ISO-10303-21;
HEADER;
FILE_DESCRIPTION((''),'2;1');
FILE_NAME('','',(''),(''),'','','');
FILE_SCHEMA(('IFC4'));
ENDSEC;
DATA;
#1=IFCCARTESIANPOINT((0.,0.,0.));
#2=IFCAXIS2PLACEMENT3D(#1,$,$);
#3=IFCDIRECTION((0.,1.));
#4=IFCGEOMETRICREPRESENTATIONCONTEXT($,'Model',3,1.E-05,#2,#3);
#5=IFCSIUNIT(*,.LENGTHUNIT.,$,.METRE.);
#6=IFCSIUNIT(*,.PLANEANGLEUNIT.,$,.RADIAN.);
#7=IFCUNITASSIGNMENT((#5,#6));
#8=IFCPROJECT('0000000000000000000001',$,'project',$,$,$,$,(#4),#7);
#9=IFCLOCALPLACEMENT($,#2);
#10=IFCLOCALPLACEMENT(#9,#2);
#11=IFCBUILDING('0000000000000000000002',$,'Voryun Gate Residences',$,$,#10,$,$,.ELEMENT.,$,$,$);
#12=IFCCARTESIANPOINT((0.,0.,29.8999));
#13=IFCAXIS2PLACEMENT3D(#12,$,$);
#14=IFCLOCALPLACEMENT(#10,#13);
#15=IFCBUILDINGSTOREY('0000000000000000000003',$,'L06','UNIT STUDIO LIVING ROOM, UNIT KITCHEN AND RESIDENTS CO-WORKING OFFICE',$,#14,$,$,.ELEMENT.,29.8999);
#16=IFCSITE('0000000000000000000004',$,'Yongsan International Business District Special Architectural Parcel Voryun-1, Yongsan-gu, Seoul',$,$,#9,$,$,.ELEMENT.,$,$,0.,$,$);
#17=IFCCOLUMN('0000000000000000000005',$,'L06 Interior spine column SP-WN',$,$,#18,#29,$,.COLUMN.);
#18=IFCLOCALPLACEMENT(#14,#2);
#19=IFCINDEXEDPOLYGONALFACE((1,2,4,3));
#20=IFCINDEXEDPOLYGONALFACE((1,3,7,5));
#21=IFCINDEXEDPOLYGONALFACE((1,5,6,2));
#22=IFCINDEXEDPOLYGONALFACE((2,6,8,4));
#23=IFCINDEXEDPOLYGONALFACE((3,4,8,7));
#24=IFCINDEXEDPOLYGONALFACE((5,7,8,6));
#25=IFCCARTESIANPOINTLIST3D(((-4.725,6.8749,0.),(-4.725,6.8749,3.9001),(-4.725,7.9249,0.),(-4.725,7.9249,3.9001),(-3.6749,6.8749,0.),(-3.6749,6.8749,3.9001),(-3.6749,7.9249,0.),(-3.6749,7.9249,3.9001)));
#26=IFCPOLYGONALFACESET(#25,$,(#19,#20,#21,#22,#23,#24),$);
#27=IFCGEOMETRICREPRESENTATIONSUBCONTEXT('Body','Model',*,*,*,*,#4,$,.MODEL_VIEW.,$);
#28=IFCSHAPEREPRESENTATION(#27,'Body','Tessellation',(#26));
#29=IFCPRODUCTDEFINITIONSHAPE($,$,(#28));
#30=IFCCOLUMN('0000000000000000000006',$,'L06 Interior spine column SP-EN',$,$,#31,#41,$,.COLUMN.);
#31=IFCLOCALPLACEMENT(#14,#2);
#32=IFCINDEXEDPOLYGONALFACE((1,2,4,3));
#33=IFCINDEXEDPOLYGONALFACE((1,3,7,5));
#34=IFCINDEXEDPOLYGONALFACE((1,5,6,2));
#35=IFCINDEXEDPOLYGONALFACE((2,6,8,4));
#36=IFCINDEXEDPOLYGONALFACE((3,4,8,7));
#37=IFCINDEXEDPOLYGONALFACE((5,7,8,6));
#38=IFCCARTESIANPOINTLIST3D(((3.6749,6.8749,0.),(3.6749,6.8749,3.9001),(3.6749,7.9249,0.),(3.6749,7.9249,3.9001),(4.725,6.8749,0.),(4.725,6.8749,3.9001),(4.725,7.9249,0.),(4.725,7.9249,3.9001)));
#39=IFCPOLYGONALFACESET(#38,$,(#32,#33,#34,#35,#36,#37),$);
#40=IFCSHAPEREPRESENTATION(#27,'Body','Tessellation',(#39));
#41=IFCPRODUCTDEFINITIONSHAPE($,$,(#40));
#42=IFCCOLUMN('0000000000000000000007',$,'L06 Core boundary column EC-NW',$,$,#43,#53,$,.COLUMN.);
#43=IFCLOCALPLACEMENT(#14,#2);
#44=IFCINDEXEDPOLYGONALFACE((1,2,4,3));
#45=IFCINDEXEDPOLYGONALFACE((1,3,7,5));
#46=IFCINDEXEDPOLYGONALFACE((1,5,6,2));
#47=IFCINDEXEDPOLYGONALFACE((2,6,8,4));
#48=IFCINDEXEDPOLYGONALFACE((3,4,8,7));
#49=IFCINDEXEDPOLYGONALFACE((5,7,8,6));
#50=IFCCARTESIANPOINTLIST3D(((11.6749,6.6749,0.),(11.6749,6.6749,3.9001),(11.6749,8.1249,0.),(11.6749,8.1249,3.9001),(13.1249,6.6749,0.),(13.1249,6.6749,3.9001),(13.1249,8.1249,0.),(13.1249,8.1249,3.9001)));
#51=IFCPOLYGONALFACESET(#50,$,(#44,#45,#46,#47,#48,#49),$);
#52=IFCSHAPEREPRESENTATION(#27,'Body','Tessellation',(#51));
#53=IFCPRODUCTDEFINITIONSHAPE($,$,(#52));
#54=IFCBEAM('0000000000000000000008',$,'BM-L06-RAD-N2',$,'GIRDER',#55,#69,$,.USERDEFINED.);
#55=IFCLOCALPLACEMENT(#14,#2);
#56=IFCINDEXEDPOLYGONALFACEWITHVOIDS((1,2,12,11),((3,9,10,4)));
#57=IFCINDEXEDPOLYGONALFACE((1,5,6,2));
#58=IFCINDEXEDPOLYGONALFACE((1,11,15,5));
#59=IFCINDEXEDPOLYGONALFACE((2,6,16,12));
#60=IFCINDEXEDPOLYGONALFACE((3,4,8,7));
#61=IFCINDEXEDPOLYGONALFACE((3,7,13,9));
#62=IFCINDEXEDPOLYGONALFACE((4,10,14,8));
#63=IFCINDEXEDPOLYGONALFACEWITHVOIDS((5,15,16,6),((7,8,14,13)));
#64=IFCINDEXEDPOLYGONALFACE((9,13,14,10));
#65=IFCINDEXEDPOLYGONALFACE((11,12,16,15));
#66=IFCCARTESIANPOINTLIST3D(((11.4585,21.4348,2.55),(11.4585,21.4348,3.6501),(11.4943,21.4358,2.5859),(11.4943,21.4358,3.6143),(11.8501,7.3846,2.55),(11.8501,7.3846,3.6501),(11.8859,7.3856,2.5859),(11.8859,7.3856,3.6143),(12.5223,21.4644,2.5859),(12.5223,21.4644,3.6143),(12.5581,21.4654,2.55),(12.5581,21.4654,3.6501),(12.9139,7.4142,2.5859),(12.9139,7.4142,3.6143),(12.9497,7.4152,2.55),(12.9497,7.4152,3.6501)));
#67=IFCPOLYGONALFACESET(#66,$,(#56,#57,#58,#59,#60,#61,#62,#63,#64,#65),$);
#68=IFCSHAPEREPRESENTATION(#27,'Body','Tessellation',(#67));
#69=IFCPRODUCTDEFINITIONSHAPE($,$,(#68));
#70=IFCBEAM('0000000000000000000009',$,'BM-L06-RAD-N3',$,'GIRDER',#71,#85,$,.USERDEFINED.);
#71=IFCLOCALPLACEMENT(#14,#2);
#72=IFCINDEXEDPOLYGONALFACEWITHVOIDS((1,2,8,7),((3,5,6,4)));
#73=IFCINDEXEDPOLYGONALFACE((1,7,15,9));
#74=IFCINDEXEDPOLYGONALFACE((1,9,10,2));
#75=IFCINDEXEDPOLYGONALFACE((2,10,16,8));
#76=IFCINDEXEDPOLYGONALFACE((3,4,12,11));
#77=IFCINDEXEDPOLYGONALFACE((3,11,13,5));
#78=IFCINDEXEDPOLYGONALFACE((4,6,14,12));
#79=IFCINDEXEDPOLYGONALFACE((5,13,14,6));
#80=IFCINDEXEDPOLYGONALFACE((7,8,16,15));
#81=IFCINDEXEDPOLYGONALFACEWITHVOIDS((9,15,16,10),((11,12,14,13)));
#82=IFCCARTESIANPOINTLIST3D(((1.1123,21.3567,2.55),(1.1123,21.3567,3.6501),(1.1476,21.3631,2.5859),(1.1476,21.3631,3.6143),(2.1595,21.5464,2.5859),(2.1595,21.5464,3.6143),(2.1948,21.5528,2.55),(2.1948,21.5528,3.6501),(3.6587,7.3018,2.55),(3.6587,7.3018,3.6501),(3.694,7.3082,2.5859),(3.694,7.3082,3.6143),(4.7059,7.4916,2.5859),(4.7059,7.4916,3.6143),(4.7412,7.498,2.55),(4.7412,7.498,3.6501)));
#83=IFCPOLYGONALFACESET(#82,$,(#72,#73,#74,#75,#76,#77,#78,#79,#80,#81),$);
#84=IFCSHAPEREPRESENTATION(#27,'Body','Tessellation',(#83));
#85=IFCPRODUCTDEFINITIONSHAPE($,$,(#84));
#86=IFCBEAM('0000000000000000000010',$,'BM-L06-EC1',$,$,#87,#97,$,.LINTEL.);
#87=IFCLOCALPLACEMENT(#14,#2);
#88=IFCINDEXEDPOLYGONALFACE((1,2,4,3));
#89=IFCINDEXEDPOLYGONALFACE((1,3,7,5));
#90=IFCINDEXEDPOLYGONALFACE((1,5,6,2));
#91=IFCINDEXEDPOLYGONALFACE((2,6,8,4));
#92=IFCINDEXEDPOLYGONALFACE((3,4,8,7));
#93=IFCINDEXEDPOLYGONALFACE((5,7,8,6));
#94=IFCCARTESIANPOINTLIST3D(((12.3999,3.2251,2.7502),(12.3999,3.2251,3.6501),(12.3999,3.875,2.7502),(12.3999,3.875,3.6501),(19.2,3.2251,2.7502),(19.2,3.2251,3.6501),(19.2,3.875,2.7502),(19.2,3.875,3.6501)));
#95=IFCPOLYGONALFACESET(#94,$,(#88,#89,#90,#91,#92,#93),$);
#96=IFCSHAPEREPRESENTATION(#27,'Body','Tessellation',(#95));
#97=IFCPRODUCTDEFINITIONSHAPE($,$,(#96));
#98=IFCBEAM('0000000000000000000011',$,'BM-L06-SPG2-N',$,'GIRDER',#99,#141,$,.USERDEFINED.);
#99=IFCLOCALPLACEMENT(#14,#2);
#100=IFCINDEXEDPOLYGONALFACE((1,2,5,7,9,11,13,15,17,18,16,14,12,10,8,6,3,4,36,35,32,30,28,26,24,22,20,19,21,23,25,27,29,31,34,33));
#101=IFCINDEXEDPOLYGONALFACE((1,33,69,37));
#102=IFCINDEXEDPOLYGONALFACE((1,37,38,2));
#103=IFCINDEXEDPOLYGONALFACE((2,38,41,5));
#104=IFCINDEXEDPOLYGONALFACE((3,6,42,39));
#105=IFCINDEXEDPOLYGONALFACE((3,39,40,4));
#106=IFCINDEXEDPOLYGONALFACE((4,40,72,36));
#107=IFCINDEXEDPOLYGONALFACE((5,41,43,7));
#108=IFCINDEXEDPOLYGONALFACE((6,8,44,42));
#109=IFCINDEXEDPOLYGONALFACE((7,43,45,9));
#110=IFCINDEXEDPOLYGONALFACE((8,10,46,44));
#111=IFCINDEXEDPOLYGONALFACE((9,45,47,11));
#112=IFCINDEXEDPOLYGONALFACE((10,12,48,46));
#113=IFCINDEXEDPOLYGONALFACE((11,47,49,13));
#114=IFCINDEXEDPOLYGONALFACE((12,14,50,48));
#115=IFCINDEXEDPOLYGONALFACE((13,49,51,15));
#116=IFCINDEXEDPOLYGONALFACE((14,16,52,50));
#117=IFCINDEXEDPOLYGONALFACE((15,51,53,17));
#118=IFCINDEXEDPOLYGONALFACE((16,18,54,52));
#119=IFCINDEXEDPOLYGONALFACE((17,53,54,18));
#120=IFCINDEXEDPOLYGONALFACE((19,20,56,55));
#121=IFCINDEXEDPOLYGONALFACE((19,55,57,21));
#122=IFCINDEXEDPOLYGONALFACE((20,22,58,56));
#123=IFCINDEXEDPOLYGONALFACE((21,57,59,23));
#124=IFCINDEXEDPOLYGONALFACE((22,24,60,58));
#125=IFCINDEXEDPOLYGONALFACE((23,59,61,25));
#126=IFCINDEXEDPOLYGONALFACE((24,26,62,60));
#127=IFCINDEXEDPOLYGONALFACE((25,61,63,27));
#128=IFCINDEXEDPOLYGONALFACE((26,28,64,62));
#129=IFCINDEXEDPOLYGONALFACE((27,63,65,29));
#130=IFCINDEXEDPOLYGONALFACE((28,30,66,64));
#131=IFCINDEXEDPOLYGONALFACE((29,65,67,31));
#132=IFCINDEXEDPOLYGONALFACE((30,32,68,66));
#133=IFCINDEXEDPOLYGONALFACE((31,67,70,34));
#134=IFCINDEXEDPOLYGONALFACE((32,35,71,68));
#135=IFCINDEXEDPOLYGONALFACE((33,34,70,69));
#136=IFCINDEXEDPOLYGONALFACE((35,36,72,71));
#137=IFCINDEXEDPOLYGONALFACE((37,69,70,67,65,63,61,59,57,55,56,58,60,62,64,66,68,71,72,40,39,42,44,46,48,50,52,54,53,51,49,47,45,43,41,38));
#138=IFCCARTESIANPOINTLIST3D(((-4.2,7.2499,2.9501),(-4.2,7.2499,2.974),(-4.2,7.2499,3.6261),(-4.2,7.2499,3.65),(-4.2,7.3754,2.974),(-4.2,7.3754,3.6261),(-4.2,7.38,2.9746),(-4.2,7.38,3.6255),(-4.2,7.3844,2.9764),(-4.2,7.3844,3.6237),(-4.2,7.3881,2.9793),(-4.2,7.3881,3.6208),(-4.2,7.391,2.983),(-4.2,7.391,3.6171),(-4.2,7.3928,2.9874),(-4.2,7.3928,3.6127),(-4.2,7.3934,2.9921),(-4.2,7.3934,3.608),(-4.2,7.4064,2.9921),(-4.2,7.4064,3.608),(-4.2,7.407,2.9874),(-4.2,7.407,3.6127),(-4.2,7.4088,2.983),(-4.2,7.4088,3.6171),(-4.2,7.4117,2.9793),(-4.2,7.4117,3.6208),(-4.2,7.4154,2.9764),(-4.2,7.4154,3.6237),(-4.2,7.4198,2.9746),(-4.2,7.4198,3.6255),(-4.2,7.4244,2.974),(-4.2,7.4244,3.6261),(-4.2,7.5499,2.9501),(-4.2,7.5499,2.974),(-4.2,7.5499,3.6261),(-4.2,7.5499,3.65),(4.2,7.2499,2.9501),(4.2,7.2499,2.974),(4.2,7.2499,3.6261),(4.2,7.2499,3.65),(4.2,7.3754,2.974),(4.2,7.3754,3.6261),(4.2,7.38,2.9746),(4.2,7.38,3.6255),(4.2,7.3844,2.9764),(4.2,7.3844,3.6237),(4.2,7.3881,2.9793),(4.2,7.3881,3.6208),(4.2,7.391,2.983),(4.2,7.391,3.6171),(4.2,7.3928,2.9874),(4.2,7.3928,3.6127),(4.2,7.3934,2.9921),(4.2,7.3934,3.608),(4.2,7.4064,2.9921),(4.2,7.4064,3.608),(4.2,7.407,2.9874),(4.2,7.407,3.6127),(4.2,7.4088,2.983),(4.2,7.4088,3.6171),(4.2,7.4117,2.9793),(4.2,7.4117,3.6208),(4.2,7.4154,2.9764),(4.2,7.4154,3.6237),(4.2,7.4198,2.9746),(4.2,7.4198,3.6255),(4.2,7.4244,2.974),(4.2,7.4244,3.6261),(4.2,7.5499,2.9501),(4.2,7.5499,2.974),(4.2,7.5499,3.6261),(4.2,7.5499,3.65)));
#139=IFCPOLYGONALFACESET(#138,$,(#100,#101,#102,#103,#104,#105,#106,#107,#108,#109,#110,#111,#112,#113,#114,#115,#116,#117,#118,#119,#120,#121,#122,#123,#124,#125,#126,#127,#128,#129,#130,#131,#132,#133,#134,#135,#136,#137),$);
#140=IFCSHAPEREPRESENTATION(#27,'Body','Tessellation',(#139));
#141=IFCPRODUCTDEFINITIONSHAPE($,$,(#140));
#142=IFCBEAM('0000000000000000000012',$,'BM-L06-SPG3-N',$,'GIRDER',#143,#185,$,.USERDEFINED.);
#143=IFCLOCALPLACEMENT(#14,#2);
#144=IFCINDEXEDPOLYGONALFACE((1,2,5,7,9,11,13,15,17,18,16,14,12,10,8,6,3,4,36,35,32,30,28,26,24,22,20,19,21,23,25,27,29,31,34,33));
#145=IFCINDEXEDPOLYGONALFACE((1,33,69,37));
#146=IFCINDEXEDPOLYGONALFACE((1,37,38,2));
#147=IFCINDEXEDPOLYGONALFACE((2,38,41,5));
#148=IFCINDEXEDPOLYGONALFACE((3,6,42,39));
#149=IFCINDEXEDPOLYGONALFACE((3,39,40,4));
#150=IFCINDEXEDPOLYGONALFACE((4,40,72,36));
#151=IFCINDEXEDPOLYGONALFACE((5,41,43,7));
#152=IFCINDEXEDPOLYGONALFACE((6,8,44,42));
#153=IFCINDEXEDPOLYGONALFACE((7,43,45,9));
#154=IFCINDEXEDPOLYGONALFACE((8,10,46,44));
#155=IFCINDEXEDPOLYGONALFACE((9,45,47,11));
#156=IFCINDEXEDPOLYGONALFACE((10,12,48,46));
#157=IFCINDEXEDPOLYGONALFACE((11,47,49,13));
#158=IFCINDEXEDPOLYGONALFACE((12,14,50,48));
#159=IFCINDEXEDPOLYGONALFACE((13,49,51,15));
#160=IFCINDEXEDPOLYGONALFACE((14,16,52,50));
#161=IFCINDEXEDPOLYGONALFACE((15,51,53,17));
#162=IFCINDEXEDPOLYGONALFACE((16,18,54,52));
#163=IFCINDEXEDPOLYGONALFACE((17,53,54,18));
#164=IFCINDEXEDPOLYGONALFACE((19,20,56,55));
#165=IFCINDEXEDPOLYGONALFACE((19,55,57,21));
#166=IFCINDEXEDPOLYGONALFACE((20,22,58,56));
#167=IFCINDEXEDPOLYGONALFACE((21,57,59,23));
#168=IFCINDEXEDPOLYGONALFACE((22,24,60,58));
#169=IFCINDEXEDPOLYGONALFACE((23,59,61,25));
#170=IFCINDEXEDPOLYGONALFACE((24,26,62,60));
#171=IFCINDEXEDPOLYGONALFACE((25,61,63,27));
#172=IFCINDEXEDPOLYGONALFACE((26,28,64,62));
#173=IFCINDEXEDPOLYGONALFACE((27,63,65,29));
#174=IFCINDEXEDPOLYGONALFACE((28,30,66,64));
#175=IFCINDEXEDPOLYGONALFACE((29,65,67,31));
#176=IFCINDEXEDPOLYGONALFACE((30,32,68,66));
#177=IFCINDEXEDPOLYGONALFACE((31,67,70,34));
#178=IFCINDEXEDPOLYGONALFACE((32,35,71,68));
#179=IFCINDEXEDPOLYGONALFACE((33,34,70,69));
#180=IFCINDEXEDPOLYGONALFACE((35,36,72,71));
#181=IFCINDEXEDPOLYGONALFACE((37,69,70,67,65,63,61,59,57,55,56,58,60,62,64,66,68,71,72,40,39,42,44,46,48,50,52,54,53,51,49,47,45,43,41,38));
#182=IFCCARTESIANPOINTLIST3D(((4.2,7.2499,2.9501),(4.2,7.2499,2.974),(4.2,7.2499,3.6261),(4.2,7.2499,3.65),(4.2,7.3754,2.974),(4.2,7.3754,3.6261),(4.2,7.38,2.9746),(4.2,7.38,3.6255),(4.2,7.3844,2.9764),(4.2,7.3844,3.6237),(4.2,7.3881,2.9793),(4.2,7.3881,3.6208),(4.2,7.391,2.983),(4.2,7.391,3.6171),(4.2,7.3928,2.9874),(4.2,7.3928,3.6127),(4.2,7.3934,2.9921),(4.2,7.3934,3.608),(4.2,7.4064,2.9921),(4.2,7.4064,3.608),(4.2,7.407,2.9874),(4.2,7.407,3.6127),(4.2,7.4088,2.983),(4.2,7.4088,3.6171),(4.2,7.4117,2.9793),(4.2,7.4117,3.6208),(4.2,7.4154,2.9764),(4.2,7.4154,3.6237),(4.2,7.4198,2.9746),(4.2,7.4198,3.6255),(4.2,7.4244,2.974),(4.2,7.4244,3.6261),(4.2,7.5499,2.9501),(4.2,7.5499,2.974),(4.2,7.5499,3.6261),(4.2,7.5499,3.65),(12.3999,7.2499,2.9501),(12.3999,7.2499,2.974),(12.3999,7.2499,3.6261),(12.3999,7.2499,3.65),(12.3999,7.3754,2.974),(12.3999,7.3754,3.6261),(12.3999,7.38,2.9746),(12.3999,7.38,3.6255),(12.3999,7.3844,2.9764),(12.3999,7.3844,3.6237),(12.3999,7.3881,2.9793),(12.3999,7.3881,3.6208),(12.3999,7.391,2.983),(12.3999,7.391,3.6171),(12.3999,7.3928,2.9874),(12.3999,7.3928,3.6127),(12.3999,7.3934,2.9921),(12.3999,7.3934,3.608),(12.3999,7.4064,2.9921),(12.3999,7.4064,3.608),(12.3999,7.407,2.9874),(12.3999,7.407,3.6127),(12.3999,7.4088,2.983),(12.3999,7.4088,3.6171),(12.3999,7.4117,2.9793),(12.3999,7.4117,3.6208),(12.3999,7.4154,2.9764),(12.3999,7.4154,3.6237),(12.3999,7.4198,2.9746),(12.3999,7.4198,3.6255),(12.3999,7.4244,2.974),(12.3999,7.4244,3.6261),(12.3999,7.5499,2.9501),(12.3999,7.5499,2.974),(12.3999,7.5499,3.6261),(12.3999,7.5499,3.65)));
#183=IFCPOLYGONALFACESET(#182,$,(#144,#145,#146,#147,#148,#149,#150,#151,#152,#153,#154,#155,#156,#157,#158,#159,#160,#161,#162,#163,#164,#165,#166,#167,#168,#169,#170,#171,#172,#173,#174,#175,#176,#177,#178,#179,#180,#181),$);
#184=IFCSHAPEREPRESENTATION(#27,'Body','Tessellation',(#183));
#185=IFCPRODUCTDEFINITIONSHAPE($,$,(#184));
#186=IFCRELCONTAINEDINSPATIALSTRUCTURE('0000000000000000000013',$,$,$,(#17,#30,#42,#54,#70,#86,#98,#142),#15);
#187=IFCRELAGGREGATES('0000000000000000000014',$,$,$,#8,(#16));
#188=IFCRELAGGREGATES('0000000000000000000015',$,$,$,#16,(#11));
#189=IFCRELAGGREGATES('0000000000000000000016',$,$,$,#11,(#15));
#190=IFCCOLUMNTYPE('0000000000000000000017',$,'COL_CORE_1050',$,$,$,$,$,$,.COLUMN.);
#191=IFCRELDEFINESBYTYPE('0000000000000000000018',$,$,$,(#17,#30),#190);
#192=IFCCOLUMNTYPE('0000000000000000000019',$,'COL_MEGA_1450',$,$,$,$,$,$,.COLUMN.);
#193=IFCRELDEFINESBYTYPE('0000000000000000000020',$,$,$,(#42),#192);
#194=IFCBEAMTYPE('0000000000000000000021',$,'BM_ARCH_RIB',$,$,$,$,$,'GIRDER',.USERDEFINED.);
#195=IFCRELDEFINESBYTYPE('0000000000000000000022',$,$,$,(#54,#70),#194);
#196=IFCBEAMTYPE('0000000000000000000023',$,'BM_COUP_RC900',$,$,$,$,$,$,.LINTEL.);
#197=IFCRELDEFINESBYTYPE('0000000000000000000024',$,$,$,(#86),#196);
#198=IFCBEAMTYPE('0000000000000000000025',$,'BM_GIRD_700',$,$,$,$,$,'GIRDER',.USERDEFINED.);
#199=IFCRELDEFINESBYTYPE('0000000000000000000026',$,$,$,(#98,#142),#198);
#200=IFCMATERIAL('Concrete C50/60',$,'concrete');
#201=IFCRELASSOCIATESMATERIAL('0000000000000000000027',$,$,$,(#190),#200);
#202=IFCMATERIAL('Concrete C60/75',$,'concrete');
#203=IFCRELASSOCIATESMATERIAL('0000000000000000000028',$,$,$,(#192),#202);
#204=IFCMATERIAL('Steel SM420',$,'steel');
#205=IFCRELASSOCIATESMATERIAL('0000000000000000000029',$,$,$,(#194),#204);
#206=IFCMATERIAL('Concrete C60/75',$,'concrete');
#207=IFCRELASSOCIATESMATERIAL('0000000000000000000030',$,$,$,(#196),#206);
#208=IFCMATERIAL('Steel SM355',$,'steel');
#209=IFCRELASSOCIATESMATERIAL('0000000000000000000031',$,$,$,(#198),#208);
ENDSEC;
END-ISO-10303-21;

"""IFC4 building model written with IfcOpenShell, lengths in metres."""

from ifc_helpers import new_model, si_unit, direction, frame, origin, origin_2d, place, context, subcontext, project, spatial, rectangle, hollow_rectangle, i_section, extrude, material, material_profile, profile_set, type_object, element, save


model = new_model("IFC4")

# Units and contexts
model_context = context("Model", 3, precision=1e-05, world=origin(), true_north=direction((0.0, 1.0)))
body_context = subcontext(model_context, "Body", "Model", "MODEL_VIEW")
ifc_project = project(units=[si_unit("LENGTHUNIT", "METRE"), si_unit("PLANEANGLEUNIT", "RADIAN")], contexts=[model_context])

# Site, building, storey
site_placement = place(None, origin())
site = spatial("IfcSite", under=ifc_project, at=site_placement, Name="Yongsan International Business District Special Architectural Parcel Voryun-1, Yongsan-gu, Seoul", CompositionType="ELEMENT", RefElevation=0.0)
building_placement = place(site_placement, origin())
building = spatial("IfcBuilding", under=site, at=building_placement, Name="Voryun Gate Residences", CompositionType="ELEMENT")
storey_placement = place(building_placement, frame((0.0, 0.0, 29.8999)))
storey = spatial("IfcBuildingStorey", under=building, at=storey_placement, Name="L06", Description="UNIT STUDIO LIVING ROOM, UNIT KITCHEN AND RESIDENTS CO-WORKING OFFICE", CompositionType="ELEMENT", Elevation=29.8999)

# Columns
ifc_material_1 = material(Name="Concrete C50/60", Category="concrete")
ifc_material_profile_1 = material_profile(ifc_material_1, rectangle(XDim=1.05, YDim=1.05, at=origin_2d()), Name="RC-1050x1050")
ifc_profile_set_1 = profile_set([ifc_material_profile_1], Name="Concrete C50/60")
column_type_1 = type_object("IfcColumnType", Name="COL_CORE_1050", PredefinedType="COLUMN", material=ifc_profile_set_1)
for number, where, z_axis, x_axis, name in (
    (1, (-4.2, 7.3999, 0.0), (0.0, 0.0, 1.0), (1.0, 0.0, 0.0), "L06 Interior spine column SP-WN"),
    (2, (4.2, 7.3999, 0.0), (0.0, 0.0, 1.0), (1.0, 0.0, 0.0), "L06 Interior spine column SP-EN"),
):
    element("IfcColumn", number, at=place(storey_placement, frame(where, z_axis=z_axis, x_axis=x_axis)), inside=storey, type_object=column_type_1, Name=name, PredefinedType="COLUMN", context=body_context, shape_type="SweptSolid", body=[
        extrude(rectangle(XDim=1.05, YDim=1.05, at=origin_2d()), origin(), (0.0, 0.0, 1.0), 3.9001),
    ])
ifc_material_2 = material(Name="Concrete C60/75", Category="concrete")
ifc_material_profile_2 = material_profile(ifc_material_2, rectangle(XDim=1.45, YDim=1.45, at=origin_2d()), Name="RC-1450x1450")
ifc_profile_set_2 = profile_set([ifc_material_profile_2], Name="Concrete C60/75")
column_type_2 = type_object("IfcColumnType", Name="COL_MEGA_1450", PredefinedType="COLUMN", material=ifc_profile_set_2)
column_placement = place(storey_placement, frame((12.3999, 7.3999, 0.0), z_axis=(0.0, 0.0, 1.0), x_axis=(1.0, 0.0, 0.0)))
element("IfcColumn", 3, at=column_placement, inside=storey, type_object=column_type_2, Name="L06 Core boundary column EC-NW", PredefinedType="COLUMN", context=body_context, shape_type="SweptSolid", body=[
    extrude(rectangle(XDim=1.45, YDim=1.45, at=origin_2d()), origin(), (0.0, 0.0, 1.0), 3.9001),
])

# Beams
ifc_material_3 = material(Name="Steel SM420", Category="steel")
ifc_material_profile_3 = material_profile(ifc_material_3, hollow_rectangle(XDim=1.1001, YDim=1.1001, WallThickness=0.0359, at=origin_2d()), Name="BOX-1100x1100x36")
ifc_profile_set_3 = profile_set([ifc_material_profile_3], Name="Steel SM420")
beam_type_1 = type_object("IfcBeamType", Name="BM_ARCH_RIB", ElementType="GIRDER", PredefinedType="USERDEFINED", material=ifc_profile_set_3)
beam_1_placement = place(storey_placement, frame((12.3999, 7.3999, 3.1001), z_axis=(-0.027861, 0.999612, 0.0), x_axis=(-0.999612, -0.027861, 0.0)))
element("IfcBeam", 4, at=beam_1_placement, inside=storey, type_object=beam_type_1, Name="BM-L06-RAD-N2", ObjectType="GIRDER", PredefinedType="USERDEFINED", context=body_context, shape_type="SweptSolid", body=[
    extrude(hollow_rectangle(XDim=1.1001, YDim=1.1001, WallThickness=0.0359, at=origin_2d()), origin(), (0.0, 0.0, 1.0), 14.0557),
])
beam_2_placement = place(storey_placement, frame((4.2, 7.3999, 3.1001), z_axis=(-0.178272, 0.983981, 0.0), x_axis=(-0.983981, -0.178272, 0.0)))
element("IfcBeam", 5, at=beam_2_placement, inside=storey, type_object=beam_type_1, Name="BM-L06-RAD-N3", ObjectType="GIRDER", PredefinedType="USERDEFINED", context=body_context, shape_type="SweptSolid", body=[
    extrude(hollow_rectangle(XDim=1.1001, YDim=1.1001, WallThickness=0.0359, at=origin_2d()), origin(), (0.0, 0.0, 1.0), 14.2837),
])
ifc_material_4 = material(Name="Concrete C60/75", Category="concrete")
ifc_material_profile_4 = material_profile(ifc_material_4, rectangle(XDim=0.6499, YDim=0.8999, at=origin_2d()), Name="RC-650x900")
ifc_profile_set_4 = profile_set([ifc_material_profile_4], Name="Concrete C60/75")
beam_type_2 = type_object("IfcBeamType", Name="BM_COUP_RC900", PredefinedType="LINTEL", material=ifc_profile_set_4)
beam_3_placement = place(storey_placement, frame((12.3999, 3.55, 3.2002), z_axis=(1.0, 0.0, 0.0), x_axis=(0.0, 1.0, 0.0)))
element("IfcBeam", 6, at=beam_3_placement, inside=storey, type_object=beam_type_2, Name="BM-L06-EC1", PredefinedType="LINTEL", context=body_context, shape_type="SweptSolid", body=[
    extrude(rectangle(XDim=0.6499, YDim=0.8999, at=origin_2d()), origin(), (0.0, 0.0, 1.0), 6.8),
])
ifc_material_5 = material(Name="Steel SM355", Category="steel")
ifc_material_profile_5 = material_profile(ifc_material_5, i_section(OverallWidth=0.3, OverallDepth=0.7, WebThickness=0.0129, FlangeThickness=0.0239, FilletRadius=0.0181, at=origin_2d()), Name="H-700x300x13x24")
ifc_profile_set_5 = profile_set([ifc_material_profile_5], Name="Steel SM355")
beam_type_3 = type_object("IfcBeamType", Name="BM_GIRD_700", ElementType="GIRDER", PredefinedType="USERDEFINED", material=ifc_profile_set_5)
beam_4_placement = place(storey_placement, frame((-4.2, 7.3999, 3.3), z_axis=(1.0, 0.0, 0.0), x_axis=(0.0, 1.0, 0.0)))
element("IfcBeam", 7, at=beam_4_placement, inside=storey, type_object=beam_type_3, Name="BM-L06-SPG2-N", ObjectType="GIRDER", PredefinedType="USERDEFINED", context=body_context, shape_type="SweptSolid", body=[
    extrude(i_section(OverallWidth=0.3, OverallDepth=0.7, WebThickness=0.0129, FlangeThickness=0.0239, FilletRadius=0.0181, at=origin_2d()), origin(), (0.0, 0.0, 1.0), 8.3999),
])
beam_5_placement = place(storey_placement, frame((4.2, 7.3999, 3.3), z_axis=(1.0, 0.0, 0.0), x_axis=(0.0, 1.0, 0.0)))
element("IfcBeam", 8, at=beam_5_placement, inside=storey, type_object=beam_type_3, Name="BM-L06-SPG3-N", ObjectType="GIRDER", PredefinedType="USERDEFINED", context=body_context, shape_type="SweptSolid", body=[
    extrude(i_section(OverallWidth=0.3, OverallDepth=0.7, WebThickness=0.0129, FlangeThickness=0.0239, FilletRadius=0.0181, at=origin_2d()), origin(), (0.0, 0.0, 1.0), 8.2),
])

save(model, "model.ifc")
